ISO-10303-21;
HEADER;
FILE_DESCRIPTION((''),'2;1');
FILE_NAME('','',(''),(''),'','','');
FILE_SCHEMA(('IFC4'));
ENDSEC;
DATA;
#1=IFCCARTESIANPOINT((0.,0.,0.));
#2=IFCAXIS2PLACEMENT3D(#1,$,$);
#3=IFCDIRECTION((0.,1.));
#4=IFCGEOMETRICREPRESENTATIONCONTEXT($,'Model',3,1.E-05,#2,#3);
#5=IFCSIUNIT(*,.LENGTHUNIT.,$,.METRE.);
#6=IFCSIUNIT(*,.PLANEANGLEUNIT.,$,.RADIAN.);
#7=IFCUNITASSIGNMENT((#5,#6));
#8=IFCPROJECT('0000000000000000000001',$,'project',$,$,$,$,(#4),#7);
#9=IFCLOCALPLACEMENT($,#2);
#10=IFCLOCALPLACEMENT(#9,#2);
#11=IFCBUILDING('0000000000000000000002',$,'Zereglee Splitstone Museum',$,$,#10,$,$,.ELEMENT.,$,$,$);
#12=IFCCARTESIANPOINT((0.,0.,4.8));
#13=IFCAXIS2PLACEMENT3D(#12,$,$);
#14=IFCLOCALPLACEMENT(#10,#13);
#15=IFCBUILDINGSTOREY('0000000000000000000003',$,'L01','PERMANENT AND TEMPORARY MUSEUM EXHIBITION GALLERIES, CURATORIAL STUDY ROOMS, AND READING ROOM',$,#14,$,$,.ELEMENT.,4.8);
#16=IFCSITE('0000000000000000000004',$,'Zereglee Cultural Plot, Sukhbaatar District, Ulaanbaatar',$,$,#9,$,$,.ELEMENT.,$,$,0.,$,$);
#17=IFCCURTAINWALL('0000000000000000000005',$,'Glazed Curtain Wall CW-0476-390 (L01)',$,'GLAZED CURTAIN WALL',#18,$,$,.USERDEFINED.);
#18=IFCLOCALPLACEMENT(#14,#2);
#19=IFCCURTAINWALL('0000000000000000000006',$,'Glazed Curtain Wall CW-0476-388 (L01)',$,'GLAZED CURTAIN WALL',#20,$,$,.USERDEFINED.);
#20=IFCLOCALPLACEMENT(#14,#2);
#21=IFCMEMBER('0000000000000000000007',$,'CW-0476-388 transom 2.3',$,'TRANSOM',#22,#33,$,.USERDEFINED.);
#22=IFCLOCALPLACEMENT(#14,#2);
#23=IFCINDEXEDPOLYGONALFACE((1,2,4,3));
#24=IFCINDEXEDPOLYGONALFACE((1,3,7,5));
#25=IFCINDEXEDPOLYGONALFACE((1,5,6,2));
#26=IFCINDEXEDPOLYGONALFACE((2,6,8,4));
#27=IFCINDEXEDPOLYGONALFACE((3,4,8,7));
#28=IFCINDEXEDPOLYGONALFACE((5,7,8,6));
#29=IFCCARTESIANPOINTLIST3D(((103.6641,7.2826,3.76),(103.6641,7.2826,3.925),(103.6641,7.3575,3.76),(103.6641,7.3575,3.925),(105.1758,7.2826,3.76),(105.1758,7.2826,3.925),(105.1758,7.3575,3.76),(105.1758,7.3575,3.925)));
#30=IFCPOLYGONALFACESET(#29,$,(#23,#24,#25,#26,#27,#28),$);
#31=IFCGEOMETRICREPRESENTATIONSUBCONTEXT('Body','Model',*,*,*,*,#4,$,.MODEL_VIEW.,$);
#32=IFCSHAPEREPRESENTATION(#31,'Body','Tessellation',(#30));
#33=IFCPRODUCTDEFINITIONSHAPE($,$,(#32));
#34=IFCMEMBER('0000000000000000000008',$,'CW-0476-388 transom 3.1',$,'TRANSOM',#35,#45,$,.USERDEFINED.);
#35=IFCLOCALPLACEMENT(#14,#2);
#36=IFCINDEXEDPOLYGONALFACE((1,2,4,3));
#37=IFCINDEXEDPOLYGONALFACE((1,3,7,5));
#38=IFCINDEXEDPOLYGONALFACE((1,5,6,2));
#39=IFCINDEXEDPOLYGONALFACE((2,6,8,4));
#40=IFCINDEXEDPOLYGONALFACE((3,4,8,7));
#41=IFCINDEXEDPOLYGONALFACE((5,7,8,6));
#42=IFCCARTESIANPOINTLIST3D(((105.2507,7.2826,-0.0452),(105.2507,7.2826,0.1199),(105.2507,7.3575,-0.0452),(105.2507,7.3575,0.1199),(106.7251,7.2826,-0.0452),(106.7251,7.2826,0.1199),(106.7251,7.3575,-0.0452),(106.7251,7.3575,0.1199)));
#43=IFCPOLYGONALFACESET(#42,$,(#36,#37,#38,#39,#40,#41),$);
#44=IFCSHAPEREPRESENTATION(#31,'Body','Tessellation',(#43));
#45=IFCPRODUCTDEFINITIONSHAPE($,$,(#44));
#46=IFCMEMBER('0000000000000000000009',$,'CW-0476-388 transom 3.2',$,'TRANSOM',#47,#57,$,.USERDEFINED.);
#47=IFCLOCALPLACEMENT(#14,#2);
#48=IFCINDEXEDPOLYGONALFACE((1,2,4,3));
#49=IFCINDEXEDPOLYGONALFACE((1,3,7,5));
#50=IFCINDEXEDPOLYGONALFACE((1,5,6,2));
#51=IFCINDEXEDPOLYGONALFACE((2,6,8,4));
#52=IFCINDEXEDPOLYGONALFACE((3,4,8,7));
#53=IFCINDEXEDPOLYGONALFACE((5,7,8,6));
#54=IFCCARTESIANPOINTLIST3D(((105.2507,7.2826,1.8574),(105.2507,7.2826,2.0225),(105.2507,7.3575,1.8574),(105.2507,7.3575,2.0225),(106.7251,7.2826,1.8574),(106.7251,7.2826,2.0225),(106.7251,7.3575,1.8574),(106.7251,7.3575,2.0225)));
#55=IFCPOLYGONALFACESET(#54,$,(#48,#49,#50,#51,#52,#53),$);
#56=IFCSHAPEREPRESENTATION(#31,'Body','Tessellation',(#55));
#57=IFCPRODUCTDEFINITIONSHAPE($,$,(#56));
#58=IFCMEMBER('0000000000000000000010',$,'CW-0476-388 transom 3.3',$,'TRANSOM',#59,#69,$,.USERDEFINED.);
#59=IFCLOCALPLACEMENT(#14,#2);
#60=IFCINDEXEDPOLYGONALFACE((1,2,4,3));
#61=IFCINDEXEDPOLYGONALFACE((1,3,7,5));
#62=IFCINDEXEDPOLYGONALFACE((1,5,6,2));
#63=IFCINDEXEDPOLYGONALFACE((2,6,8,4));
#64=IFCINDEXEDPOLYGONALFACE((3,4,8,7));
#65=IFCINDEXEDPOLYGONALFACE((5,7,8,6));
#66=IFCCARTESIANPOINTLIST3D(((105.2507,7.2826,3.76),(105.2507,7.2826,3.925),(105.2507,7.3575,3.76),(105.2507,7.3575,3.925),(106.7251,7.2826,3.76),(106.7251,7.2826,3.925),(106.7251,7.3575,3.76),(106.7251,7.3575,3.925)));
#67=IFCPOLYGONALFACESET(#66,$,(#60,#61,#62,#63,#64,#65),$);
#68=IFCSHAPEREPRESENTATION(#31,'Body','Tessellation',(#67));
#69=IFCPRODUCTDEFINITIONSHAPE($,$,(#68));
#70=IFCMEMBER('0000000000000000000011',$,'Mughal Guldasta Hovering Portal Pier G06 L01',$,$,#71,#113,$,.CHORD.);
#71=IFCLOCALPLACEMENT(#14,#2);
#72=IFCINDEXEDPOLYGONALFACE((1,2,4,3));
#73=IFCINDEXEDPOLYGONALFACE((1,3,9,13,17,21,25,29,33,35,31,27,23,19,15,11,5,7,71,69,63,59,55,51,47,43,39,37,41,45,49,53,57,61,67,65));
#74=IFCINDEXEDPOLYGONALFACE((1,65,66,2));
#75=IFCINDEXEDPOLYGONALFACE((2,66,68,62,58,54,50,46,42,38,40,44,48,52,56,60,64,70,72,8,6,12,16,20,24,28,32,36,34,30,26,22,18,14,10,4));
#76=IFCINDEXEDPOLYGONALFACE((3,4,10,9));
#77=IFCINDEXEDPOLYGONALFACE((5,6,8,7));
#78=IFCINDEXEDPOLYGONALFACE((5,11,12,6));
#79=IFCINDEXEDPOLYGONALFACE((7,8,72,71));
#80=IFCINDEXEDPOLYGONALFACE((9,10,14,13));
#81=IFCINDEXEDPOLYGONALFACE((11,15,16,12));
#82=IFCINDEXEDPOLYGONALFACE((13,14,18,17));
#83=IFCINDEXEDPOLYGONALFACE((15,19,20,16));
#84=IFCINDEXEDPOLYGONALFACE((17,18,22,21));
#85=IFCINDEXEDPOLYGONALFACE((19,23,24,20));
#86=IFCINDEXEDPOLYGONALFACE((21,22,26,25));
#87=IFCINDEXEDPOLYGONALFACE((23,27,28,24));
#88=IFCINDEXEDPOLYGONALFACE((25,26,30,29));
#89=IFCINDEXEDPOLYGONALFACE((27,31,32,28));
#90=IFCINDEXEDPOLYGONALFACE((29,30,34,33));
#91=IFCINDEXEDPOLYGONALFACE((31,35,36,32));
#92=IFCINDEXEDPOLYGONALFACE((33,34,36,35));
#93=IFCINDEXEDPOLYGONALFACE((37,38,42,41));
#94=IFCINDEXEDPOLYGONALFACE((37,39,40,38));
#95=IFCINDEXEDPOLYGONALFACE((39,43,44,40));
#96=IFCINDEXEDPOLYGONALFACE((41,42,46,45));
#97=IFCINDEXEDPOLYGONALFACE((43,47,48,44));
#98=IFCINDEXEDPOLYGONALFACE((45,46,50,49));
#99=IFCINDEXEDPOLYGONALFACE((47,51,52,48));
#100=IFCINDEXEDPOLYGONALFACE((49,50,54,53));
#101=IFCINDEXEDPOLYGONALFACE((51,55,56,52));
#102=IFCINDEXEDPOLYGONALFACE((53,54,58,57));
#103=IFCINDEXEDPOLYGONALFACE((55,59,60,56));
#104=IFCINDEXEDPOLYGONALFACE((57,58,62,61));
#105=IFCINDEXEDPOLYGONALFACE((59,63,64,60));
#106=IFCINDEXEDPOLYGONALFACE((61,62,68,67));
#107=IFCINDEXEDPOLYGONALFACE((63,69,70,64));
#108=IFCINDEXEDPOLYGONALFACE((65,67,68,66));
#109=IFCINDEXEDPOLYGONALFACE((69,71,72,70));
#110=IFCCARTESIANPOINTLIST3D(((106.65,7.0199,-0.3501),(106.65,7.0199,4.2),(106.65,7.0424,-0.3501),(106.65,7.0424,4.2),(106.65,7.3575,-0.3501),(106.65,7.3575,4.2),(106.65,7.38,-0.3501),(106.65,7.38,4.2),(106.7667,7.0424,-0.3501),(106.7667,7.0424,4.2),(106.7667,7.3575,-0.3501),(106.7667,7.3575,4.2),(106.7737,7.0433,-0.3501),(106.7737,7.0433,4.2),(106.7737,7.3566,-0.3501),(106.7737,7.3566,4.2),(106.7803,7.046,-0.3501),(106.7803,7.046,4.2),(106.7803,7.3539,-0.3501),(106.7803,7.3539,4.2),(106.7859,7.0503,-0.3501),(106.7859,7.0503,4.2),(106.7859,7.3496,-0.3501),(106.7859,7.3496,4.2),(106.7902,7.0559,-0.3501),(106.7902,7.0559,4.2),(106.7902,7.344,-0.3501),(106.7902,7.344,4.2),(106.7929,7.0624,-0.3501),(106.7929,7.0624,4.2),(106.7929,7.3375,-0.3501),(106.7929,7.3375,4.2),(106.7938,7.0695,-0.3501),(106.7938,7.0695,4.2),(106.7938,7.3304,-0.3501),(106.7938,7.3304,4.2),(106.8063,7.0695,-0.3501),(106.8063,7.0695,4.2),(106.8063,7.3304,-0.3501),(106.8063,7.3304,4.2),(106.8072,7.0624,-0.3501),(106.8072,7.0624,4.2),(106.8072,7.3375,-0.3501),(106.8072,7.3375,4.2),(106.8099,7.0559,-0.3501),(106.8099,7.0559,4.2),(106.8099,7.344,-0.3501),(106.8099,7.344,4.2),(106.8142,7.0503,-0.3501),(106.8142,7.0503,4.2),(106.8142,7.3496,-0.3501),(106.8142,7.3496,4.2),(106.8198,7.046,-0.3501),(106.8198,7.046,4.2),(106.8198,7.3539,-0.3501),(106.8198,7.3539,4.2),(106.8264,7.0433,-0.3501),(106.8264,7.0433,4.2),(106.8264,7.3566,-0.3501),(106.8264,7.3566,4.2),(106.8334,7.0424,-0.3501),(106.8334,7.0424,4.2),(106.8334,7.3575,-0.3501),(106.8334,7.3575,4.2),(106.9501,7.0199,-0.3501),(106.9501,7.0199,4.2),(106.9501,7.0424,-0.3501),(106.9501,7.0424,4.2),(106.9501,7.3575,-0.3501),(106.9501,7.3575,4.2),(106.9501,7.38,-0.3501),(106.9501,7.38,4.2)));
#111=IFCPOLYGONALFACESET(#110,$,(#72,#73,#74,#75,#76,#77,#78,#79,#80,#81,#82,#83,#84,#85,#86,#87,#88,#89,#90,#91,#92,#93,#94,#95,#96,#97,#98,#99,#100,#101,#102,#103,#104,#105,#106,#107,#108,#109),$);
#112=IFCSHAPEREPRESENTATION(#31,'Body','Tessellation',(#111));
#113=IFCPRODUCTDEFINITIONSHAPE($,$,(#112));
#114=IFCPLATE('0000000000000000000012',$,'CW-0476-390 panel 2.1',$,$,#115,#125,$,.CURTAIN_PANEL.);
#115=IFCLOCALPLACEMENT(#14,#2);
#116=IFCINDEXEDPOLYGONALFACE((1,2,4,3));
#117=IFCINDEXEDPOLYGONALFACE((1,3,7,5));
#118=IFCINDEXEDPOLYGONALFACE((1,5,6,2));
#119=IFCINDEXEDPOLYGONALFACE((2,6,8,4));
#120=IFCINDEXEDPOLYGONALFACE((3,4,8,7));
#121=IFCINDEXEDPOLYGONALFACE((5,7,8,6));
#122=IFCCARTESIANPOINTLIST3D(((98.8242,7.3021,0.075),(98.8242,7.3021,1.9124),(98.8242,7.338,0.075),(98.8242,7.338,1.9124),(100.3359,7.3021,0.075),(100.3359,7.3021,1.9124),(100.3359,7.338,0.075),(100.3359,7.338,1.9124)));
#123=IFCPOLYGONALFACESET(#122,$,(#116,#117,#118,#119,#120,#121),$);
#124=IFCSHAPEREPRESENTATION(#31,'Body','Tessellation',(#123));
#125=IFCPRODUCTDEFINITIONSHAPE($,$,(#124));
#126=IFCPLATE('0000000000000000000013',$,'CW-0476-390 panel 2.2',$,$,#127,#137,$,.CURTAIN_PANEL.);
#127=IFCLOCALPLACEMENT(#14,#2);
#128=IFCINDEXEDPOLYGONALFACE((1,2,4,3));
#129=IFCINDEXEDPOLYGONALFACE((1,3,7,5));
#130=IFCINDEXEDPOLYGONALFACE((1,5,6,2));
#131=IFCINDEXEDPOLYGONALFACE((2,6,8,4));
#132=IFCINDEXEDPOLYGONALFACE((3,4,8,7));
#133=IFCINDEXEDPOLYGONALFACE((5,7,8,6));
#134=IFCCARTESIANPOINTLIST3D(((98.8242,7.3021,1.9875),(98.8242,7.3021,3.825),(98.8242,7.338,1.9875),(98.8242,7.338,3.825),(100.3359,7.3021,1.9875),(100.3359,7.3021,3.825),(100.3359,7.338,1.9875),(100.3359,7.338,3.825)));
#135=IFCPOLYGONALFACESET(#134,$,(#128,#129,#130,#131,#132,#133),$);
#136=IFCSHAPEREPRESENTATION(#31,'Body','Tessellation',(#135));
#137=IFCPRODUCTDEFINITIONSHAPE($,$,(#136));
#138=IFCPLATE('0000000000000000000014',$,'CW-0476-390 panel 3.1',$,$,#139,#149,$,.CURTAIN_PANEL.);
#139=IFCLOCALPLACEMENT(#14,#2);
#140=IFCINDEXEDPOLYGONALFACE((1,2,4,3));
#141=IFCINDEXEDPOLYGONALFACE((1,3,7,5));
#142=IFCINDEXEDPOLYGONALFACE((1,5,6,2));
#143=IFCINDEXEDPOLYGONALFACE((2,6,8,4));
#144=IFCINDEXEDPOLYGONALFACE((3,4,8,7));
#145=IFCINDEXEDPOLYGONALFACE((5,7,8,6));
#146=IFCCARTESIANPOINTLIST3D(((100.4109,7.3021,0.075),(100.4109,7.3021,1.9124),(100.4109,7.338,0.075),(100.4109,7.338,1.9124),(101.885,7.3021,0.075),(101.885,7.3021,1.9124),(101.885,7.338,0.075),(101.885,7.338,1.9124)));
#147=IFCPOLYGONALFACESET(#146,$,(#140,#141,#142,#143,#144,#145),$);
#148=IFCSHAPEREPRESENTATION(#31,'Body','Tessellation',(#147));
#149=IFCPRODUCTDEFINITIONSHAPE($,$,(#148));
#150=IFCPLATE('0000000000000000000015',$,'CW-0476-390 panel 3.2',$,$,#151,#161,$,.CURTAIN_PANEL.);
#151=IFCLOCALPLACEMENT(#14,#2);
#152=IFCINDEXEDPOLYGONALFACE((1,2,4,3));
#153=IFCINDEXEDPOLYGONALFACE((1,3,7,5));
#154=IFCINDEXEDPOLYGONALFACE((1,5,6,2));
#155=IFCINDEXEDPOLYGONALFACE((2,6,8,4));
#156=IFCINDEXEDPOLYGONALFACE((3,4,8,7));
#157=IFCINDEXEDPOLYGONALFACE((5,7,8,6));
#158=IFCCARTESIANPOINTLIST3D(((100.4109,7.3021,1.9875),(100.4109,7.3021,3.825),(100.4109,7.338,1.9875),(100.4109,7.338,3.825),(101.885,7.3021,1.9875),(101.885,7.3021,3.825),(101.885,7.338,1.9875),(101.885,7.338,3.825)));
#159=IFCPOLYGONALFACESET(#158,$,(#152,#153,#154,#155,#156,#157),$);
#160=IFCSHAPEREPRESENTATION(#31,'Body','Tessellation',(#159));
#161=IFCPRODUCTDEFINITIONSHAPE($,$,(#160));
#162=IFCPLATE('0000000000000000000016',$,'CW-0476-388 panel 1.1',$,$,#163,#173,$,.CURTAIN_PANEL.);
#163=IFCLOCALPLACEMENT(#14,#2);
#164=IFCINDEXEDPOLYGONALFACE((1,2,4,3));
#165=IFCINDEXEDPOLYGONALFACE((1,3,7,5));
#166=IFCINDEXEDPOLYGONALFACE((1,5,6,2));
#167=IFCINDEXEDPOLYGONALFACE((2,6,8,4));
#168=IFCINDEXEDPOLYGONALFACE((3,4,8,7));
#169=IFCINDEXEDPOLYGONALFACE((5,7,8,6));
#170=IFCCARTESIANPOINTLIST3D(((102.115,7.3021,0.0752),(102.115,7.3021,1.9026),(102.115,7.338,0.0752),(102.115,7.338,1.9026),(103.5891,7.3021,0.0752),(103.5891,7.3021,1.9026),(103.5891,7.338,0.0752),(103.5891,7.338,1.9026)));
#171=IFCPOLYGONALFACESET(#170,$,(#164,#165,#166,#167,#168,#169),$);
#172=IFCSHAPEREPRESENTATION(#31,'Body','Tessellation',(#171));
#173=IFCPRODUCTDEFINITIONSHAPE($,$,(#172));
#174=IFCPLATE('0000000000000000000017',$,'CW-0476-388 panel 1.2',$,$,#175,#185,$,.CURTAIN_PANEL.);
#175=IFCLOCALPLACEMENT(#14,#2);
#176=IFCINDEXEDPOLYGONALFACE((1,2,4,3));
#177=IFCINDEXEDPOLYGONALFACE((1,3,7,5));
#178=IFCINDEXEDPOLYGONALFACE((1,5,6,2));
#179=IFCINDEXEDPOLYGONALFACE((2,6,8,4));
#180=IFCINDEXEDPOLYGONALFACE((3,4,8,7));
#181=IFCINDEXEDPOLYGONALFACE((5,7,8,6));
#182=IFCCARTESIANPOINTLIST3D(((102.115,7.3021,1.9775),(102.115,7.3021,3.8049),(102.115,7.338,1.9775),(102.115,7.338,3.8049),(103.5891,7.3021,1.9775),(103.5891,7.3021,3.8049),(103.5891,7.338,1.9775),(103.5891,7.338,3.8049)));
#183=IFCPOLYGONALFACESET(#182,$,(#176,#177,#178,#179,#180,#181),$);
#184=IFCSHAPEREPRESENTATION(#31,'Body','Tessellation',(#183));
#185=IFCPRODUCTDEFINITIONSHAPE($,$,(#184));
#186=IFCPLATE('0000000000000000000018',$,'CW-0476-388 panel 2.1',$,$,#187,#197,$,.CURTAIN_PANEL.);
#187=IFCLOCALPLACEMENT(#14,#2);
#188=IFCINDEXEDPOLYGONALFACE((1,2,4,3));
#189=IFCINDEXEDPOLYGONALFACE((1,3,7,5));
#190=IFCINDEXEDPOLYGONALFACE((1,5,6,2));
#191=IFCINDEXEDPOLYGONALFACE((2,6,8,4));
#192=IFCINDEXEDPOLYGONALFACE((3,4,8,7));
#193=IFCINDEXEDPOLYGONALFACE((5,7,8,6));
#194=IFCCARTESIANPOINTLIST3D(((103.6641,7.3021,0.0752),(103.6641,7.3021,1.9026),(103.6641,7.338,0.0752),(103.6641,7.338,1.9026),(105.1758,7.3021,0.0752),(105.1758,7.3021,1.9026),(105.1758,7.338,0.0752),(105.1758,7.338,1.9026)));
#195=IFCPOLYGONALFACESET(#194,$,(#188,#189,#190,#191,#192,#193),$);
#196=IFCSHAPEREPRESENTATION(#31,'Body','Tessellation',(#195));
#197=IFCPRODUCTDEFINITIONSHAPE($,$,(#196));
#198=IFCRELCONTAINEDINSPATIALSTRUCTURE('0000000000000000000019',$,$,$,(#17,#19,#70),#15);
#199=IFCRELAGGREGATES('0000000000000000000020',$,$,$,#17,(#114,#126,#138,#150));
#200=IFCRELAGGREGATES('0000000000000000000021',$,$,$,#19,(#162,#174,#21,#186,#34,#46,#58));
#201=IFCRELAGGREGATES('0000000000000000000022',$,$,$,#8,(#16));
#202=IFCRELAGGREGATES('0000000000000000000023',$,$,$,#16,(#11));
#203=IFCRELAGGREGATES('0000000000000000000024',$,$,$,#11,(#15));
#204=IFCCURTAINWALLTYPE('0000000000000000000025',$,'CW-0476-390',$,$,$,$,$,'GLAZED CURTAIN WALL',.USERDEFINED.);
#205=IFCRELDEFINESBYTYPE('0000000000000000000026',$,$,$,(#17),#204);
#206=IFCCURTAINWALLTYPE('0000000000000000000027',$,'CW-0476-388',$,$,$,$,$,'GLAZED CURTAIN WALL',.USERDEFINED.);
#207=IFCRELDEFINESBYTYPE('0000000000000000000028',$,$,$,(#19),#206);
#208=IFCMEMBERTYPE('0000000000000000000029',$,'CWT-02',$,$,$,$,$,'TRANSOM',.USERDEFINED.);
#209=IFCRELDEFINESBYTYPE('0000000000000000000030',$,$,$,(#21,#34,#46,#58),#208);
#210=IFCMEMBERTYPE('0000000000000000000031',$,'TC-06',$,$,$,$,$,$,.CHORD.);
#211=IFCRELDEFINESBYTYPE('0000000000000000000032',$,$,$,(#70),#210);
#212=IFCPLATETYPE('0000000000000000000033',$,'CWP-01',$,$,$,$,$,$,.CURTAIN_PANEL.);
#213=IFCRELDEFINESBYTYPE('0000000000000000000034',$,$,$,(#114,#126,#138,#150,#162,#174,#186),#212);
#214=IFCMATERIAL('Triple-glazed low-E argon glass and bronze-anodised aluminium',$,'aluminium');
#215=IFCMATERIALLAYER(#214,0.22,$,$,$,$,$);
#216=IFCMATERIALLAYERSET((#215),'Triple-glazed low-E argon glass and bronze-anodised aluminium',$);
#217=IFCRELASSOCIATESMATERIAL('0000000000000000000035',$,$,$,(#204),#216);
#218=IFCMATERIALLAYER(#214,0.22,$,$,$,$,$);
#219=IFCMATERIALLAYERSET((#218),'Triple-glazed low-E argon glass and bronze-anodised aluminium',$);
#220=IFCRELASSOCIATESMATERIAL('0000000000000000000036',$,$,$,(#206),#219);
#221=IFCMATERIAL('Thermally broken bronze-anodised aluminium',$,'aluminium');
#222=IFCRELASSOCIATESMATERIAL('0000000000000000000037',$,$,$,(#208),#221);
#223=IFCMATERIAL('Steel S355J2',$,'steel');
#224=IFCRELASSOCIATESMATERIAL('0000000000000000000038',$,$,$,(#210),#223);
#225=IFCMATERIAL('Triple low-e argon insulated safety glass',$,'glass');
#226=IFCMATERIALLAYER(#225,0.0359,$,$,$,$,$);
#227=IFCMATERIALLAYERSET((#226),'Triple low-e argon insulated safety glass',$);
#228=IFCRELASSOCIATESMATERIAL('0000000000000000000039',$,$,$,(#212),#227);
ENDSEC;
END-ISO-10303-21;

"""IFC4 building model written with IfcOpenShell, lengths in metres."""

from ifc_helpers import new_model, si_unit, direction, frame, origin, origin_2d, place, context, subcontext, project, spatial, rectangle, i_section, extrude, material, layer, layer_set, material_profile, profile_set, type_object, element, aggregate, save


model = new_model("IFC4")

# Units and contexts
model_context = context("Model", 3, precision=1e-05, world=origin(), true_north=direction((0.0, 1.0)))
body_context = subcontext(model_context, "Body", "Model", "MODEL_VIEW")
ifc_project = project(units=[si_unit("LENGTHUNIT", "METRE"), si_unit("PLANEANGLEUNIT", "RADIAN")], contexts=[model_context])

# Site, building, storey
site_placement = place(None, origin())
site = spatial("IfcSite", under=ifc_project, at=site_placement, Name="Zereglee Cultural Plot, Sukhbaatar District, Ulaanbaatar", CompositionType="ELEMENT", RefElevation=0.0)
building_placement = place(site_placement, origin())
building = spatial("IfcBuilding", under=site, at=building_placement, Name="Zereglee Splitstone Museum", CompositionType="ELEMENT")
storey_placement = place(building_placement, frame((0.0, 0.0, 4.8)))
storey = spatial("IfcBuildingStorey", under=building, at=storey_placement, Name="L01", Description="PERMANENT AND TEMPORARY MUSEUM EXHIBITION GALLERIES, CURATORIAL STUDY ROOMS, AND READING ROOM", CompositionType="ELEMENT", Elevation=4.8)

# Curtain walls
ifc_material_1 = material(Name="Triple-glazed low-E argon glass and bronze-anodised aluminium", Category="aluminium")
ifc_layer_1 = layer(ifc_material_1, 0.22)
ifc_layer_set_1 = layer_set([ifc_layer_1], Name="Triple-glazed low-E argon glass and bronze-anodised aluminium")
curtain_wall_type_1 = type_object("IfcCurtainWallType", Name="CW-0476-390", ElementType="GLAZED CURTAIN WALL", PredefinedType="USERDEFINED", material=ifc_layer_set_1)
curtain_wall_1_placement = place(storey_placement, origin())
curtain_wall_1 = element("IfcCurtainWall", 1, at=curtain_wall_1_placement, inside=storey, type_object=curtain_wall_type_1, Name="Glazed Curtain Wall CW-0476-390 (L01)", ObjectType="GLAZED CURTAIN WALL", PredefinedType="USERDEFINED")
ifc_material_2 = material(Name="Thermally broken bronze-anodised aluminium", Category="aluminium")
ifc_layer_2 = layer(ifc_material_1, 0.22)
ifc_layer_set_2 = layer_set([ifc_layer_2], Name="Triple-glazed low-E argon glass and bronze-anodised aluminium")
curtain_wall_type_2 = type_object("IfcCurtainWallType", Name="CW-0476-388", ElementType="GLAZED CURTAIN WALL", PredefinedType="USERDEFINED", material=ifc_layer_set_2)
curtain_wall_2_placement = place(storey_placement, origin())
curtain_wall_2 = element("IfcCurtainWall", 2, at=curtain_wall_2_placement, inside=storey, type_object=curtain_wall_type_2, Name="Glazed Curtain Wall CW-0476-388 (L01)", ObjectType="GLAZED CURTAIN WALL", PredefinedType="USERDEFINED")

# Members
ifc_material_profile_1 = material_profile(ifc_material_2, rectangle(XDim=0.075, YDim=0.165, at=origin_2d()), Name="CW TRAN 75x165")
ifc_profile_set_1 = profile_set([ifc_material_profile_1], Name="Thermally broken bronze-anodised aluminium")
member_type_1 = type_object("IfcMemberType", Name="CWT-02", ElementType="TRANSOM", PredefinedType="USERDEFINED", material=ifc_profile_set_1)
member_1_placement = place(storey_placement, frame((103.6641, 7.3201, 3.8425), z_axis=(1.0, 0.0, 0.0), x_axis=(0.0, 1.0, 0.0)))
member_1 = element("IfcMember", 3, at=member_1_placement, type_object=member_type_1, Name="CW-0476-388 transom 2.3", ObjectType="TRANSOM", PredefinedType="USERDEFINED", context=body_context, shape_type="SweptSolid", body=[
    extrude(rectangle(XDim=0.075, YDim=0.165, at=origin_2d()), origin(), (0.0, 0.0, 1.0), 1.5117),
])
member_2_placement = place(storey_placement, frame((105.2507, 7.3201, 0.0374), z_axis=(1.0, 0.0, 0.0), x_axis=(0.0, 1.0, 0.0)))
member_2 = element("IfcMember", 4, at=member_2_placement, type_object=member_type_1, Name="CW-0476-388 transom 3.1", ObjectType="TRANSOM", PredefinedType="USERDEFINED", context=body_context, shape_type="SweptSolid", body=[
    extrude(rectangle(XDim=0.075, YDim=0.165, at=origin_2d()), origin(), (0.0, 0.0, 1.0), 1.4744),
])
member_3_placement = place(storey_placement, frame((105.2507, 7.3201, 1.9399), z_axis=(1.0, 0.0, 0.0), x_axis=(0.0, 1.0, 0.0)))
member_3 = element("IfcMember", 5, at=member_3_placement, type_object=member_type_1, Name="CW-0476-388 transom 3.2", ObjectType="TRANSOM", PredefinedType="USERDEFINED", context=body_context, shape_type="SweptSolid", body=[
    extrude(rectangle(XDim=0.075, YDim=0.165, at=origin_2d()), origin(), (0.0, 0.0, 1.0), 1.4744),
])
member_4_placement = place(storey_placement, frame((105.2507, 7.3201, 3.8425), z_axis=(1.0, 0.0, 0.0), x_axis=(0.0, 1.0, 0.0)))
member_4 = element("IfcMember", 6, at=member_4_placement, type_object=member_type_1, Name="CW-0476-388 transom 3.3", ObjectType="TRANSOM", PredefinedType="USERDEFINED", context=body_context, shape_type="SweptSolid", body=[
    extrude(rectangle(XDim=0.075, YDim=0.165, at=origin_2d()), origin(), (0.0, 0.0, 1.0), 1.4744),
])
ifc_material_3 = material(Name="Steel S355J2", Category="steel")
ifc_material_profile_2 = material_profile(ifc_material_3, i_section(OverallWidth=0.3, OverallDepth=0.3601, WebThickness=0.0125, FlangeThickness=0.0225, FilletRadius=0.0271, at=origin_2d()), Name="HE 360 B")
ifc_profile_set_2 = profile_set([ifc_material_profile_2], Name="Steel S355J2")
member_type_2 = type_object("IfcMemberType", Name="TC-06", PredefinedType="CHORD", material=ifc_profile_set_2)
member_5_placement = place(storey_placement, frame((106.8, 7.2, -0.3501), z_axis=(0.0, 0.0, 1.0), x_axis=(1.0, 0.0, 0.0)))
element("IfcMember", 7, at=member_5_placement, inside=storey, type_object=member_type_2, Name="Mughal Guldasta Hovering Portal Pier G06 L01", PredefinedType="CHORD", context=body_context, shape_type="SweptSolid", body=[
    extrude(i_section(OverallWidth=0.3, OverallDepth=0.3601, WebThickness=0.0125, FlangeThickness=0.0225, FilletRadius=0.0271, at=origin_2d()), origin(), (0.0, 0.0, 1.0), 4.55),
])

# Plates
ifc_material_4 = material(Name="Triple low-e argon insulated safety glass", Category="glass")
ifc_layer_3 = layer(ifc_material_4, 0.0359)
ifc_layer_set_3 = layer_set([ifc_layer_3], Name="Triple low-e argon insulated safety glass")
plate_type = type_object("IfcPlateType", Name="CWP-01", PredefinedType="CURTAIN_PANEL", material=ifc_layer_set_3)
plate_1_placement = place(storey_placement, frame((99.5801, 7.3201, 0.075), z_axis=(0.0, 0.0, 1.0), x_axis=(1.0, 0.0, 0.0)))
plate_1 = element("IfcPlate", 8, at=plate_1_placement, type_object=plate_type, Name="CW-0476-390 panel 2.1", PredefinedType="CURTAIN_PANEL", context=body_context, shape_type="SweptSolid", body=[
    extrude(rectangle(XDim=1.5117, YDim=0.0359, at=origin_2d()), origin(), (0.0, 0.0, 1.0), 1.8374),
])
plate_2_placement = place(storey_placement, frame((99.5801, 7.3201, 1.9875), z_axis=(0.0, 0.0, 1.0), x_axis=(1.0, 0.0, 0.0)))
plate_2 = element("IfcPlate", 9, at=plate_2_placement, type_object=plate_type, Name="CW-0476-390 panel 2.2", PredefinedType="CURTAIN_PANEL", context=body_context, shape_type="SweptSolid", body=[
    extrude(rectangle(XDim=1.5117, YDim=0.0359, at=origin_2d()), origin(), (0.0, 0.0, 1.0), 1.8374),
])
plate_3_placement = place(storey_placement, frame((101.1479, 7.3201, 0.075), z_axis=(0.0, 0.0, 1.0), x_axis=(1.0, 0.0, 0.0)))
plate_3 = element("IfcPlate", 10, at=plate_3_placement, type_object=plate_type, Name="CW-0476-390 panel 3.1", PredefinedType="CURTAIN_PANEL", context=body_context, shape_type="SweptSolid", body=[
    extrude(rectangle(XDim=1.4741, YDim=0.0359, at=origin_2d()), origin(), (0.0, 0.0, 1.0), 1.8374),
])
plate_4_placement = place(storey_placement, frame((101.1479, 7.3201, 1.9875), z_axis=(0.0, 0.0, 1.0), x_axis=(1.0, 0.0, 0.0)))
plate_4 = element("IfcPlate", 11, at=plate_4_placement, type_object=plate_type, Name="CW-0476-390 panel 3.2", PredefinedType="CURTAIN_PANEL", context=body_context, shape_type="SweptSolid", body=[
    extrude(rectangle(XDim=1.4741, YDim=0.0359, at=origin_2d()), origin(), (0.0, 0.0, 1.0), 1.8374),
])
aggregate(curtain_wall_1, [plate_1, plate_2, plate_3, plate_4])
plate_5_placement = place(storey_placement, frame((102.8521, 7.3201, 0.0752), z_axis=(0.0, 0.0, 1.0), x_axis=(1.0, 0.0, 0.0)))
plate_5 = element("IfcPlate", 12, at=plate_5_placement, type_object=plate_type, Name="CW-0476-388 panel 1.1", PredefinedType="CURTAIN_PANEL", context=body_context, shape_type="SweptSolid", body=[
    extrude(rectangle(XDim=1.4741, YDim=0.0359, at=origin_2d()), origin(), (0.0, 0.0, 1.0), 1.8274),
])
plate_6_placement = place(storey_placement, frame((102.8521, 7.3201, 1.9775), z_axis=(0.0, 0.0, 1.0), x_axis=(1.0, 0.0, 0.0)))
plate_6 = element("IfcPlate", 13, at=plate_6_placement, type_object=plate_type, Name="CW-0476-388 panel 1.2", PredefinedType="CURTAIN_PANEL", context=body_context, shape_type="SweptSolid", body=[
    extrude(rectangle(XDim=1.4741, YDim=0.0359, at=origin_2d()), origin(), (0.0, 0.0, 1.0), 1.8274),
])
plate_7_placement = place(storey_placement, frame((104.4199, 7.3201, 0.0752), z_axis=(0.0, 0.0, 1.0), x_axis=(1.0, 0.0, 0.0)))
plate_7 = element("IfcPlate", 14, at=plate_7_placement, type_object=plate_type, Name="CW-0476-388 panel 2.1", PredefinedType="CURTAIN_PANEL", context=body_context, shape_type="SweptSolid", body=[
    extrude(rectangle(XDim=1.5117, YDim=0.0359, at=origin_2d()), origin(), (0.0, 0.0, 1.0), 1.8274),
])
aggregate(curtain_wall_2, [plate_5, plate_6, member_1, plate_7, member_2, member_3, member_4])

save(model, "model.ifc")
